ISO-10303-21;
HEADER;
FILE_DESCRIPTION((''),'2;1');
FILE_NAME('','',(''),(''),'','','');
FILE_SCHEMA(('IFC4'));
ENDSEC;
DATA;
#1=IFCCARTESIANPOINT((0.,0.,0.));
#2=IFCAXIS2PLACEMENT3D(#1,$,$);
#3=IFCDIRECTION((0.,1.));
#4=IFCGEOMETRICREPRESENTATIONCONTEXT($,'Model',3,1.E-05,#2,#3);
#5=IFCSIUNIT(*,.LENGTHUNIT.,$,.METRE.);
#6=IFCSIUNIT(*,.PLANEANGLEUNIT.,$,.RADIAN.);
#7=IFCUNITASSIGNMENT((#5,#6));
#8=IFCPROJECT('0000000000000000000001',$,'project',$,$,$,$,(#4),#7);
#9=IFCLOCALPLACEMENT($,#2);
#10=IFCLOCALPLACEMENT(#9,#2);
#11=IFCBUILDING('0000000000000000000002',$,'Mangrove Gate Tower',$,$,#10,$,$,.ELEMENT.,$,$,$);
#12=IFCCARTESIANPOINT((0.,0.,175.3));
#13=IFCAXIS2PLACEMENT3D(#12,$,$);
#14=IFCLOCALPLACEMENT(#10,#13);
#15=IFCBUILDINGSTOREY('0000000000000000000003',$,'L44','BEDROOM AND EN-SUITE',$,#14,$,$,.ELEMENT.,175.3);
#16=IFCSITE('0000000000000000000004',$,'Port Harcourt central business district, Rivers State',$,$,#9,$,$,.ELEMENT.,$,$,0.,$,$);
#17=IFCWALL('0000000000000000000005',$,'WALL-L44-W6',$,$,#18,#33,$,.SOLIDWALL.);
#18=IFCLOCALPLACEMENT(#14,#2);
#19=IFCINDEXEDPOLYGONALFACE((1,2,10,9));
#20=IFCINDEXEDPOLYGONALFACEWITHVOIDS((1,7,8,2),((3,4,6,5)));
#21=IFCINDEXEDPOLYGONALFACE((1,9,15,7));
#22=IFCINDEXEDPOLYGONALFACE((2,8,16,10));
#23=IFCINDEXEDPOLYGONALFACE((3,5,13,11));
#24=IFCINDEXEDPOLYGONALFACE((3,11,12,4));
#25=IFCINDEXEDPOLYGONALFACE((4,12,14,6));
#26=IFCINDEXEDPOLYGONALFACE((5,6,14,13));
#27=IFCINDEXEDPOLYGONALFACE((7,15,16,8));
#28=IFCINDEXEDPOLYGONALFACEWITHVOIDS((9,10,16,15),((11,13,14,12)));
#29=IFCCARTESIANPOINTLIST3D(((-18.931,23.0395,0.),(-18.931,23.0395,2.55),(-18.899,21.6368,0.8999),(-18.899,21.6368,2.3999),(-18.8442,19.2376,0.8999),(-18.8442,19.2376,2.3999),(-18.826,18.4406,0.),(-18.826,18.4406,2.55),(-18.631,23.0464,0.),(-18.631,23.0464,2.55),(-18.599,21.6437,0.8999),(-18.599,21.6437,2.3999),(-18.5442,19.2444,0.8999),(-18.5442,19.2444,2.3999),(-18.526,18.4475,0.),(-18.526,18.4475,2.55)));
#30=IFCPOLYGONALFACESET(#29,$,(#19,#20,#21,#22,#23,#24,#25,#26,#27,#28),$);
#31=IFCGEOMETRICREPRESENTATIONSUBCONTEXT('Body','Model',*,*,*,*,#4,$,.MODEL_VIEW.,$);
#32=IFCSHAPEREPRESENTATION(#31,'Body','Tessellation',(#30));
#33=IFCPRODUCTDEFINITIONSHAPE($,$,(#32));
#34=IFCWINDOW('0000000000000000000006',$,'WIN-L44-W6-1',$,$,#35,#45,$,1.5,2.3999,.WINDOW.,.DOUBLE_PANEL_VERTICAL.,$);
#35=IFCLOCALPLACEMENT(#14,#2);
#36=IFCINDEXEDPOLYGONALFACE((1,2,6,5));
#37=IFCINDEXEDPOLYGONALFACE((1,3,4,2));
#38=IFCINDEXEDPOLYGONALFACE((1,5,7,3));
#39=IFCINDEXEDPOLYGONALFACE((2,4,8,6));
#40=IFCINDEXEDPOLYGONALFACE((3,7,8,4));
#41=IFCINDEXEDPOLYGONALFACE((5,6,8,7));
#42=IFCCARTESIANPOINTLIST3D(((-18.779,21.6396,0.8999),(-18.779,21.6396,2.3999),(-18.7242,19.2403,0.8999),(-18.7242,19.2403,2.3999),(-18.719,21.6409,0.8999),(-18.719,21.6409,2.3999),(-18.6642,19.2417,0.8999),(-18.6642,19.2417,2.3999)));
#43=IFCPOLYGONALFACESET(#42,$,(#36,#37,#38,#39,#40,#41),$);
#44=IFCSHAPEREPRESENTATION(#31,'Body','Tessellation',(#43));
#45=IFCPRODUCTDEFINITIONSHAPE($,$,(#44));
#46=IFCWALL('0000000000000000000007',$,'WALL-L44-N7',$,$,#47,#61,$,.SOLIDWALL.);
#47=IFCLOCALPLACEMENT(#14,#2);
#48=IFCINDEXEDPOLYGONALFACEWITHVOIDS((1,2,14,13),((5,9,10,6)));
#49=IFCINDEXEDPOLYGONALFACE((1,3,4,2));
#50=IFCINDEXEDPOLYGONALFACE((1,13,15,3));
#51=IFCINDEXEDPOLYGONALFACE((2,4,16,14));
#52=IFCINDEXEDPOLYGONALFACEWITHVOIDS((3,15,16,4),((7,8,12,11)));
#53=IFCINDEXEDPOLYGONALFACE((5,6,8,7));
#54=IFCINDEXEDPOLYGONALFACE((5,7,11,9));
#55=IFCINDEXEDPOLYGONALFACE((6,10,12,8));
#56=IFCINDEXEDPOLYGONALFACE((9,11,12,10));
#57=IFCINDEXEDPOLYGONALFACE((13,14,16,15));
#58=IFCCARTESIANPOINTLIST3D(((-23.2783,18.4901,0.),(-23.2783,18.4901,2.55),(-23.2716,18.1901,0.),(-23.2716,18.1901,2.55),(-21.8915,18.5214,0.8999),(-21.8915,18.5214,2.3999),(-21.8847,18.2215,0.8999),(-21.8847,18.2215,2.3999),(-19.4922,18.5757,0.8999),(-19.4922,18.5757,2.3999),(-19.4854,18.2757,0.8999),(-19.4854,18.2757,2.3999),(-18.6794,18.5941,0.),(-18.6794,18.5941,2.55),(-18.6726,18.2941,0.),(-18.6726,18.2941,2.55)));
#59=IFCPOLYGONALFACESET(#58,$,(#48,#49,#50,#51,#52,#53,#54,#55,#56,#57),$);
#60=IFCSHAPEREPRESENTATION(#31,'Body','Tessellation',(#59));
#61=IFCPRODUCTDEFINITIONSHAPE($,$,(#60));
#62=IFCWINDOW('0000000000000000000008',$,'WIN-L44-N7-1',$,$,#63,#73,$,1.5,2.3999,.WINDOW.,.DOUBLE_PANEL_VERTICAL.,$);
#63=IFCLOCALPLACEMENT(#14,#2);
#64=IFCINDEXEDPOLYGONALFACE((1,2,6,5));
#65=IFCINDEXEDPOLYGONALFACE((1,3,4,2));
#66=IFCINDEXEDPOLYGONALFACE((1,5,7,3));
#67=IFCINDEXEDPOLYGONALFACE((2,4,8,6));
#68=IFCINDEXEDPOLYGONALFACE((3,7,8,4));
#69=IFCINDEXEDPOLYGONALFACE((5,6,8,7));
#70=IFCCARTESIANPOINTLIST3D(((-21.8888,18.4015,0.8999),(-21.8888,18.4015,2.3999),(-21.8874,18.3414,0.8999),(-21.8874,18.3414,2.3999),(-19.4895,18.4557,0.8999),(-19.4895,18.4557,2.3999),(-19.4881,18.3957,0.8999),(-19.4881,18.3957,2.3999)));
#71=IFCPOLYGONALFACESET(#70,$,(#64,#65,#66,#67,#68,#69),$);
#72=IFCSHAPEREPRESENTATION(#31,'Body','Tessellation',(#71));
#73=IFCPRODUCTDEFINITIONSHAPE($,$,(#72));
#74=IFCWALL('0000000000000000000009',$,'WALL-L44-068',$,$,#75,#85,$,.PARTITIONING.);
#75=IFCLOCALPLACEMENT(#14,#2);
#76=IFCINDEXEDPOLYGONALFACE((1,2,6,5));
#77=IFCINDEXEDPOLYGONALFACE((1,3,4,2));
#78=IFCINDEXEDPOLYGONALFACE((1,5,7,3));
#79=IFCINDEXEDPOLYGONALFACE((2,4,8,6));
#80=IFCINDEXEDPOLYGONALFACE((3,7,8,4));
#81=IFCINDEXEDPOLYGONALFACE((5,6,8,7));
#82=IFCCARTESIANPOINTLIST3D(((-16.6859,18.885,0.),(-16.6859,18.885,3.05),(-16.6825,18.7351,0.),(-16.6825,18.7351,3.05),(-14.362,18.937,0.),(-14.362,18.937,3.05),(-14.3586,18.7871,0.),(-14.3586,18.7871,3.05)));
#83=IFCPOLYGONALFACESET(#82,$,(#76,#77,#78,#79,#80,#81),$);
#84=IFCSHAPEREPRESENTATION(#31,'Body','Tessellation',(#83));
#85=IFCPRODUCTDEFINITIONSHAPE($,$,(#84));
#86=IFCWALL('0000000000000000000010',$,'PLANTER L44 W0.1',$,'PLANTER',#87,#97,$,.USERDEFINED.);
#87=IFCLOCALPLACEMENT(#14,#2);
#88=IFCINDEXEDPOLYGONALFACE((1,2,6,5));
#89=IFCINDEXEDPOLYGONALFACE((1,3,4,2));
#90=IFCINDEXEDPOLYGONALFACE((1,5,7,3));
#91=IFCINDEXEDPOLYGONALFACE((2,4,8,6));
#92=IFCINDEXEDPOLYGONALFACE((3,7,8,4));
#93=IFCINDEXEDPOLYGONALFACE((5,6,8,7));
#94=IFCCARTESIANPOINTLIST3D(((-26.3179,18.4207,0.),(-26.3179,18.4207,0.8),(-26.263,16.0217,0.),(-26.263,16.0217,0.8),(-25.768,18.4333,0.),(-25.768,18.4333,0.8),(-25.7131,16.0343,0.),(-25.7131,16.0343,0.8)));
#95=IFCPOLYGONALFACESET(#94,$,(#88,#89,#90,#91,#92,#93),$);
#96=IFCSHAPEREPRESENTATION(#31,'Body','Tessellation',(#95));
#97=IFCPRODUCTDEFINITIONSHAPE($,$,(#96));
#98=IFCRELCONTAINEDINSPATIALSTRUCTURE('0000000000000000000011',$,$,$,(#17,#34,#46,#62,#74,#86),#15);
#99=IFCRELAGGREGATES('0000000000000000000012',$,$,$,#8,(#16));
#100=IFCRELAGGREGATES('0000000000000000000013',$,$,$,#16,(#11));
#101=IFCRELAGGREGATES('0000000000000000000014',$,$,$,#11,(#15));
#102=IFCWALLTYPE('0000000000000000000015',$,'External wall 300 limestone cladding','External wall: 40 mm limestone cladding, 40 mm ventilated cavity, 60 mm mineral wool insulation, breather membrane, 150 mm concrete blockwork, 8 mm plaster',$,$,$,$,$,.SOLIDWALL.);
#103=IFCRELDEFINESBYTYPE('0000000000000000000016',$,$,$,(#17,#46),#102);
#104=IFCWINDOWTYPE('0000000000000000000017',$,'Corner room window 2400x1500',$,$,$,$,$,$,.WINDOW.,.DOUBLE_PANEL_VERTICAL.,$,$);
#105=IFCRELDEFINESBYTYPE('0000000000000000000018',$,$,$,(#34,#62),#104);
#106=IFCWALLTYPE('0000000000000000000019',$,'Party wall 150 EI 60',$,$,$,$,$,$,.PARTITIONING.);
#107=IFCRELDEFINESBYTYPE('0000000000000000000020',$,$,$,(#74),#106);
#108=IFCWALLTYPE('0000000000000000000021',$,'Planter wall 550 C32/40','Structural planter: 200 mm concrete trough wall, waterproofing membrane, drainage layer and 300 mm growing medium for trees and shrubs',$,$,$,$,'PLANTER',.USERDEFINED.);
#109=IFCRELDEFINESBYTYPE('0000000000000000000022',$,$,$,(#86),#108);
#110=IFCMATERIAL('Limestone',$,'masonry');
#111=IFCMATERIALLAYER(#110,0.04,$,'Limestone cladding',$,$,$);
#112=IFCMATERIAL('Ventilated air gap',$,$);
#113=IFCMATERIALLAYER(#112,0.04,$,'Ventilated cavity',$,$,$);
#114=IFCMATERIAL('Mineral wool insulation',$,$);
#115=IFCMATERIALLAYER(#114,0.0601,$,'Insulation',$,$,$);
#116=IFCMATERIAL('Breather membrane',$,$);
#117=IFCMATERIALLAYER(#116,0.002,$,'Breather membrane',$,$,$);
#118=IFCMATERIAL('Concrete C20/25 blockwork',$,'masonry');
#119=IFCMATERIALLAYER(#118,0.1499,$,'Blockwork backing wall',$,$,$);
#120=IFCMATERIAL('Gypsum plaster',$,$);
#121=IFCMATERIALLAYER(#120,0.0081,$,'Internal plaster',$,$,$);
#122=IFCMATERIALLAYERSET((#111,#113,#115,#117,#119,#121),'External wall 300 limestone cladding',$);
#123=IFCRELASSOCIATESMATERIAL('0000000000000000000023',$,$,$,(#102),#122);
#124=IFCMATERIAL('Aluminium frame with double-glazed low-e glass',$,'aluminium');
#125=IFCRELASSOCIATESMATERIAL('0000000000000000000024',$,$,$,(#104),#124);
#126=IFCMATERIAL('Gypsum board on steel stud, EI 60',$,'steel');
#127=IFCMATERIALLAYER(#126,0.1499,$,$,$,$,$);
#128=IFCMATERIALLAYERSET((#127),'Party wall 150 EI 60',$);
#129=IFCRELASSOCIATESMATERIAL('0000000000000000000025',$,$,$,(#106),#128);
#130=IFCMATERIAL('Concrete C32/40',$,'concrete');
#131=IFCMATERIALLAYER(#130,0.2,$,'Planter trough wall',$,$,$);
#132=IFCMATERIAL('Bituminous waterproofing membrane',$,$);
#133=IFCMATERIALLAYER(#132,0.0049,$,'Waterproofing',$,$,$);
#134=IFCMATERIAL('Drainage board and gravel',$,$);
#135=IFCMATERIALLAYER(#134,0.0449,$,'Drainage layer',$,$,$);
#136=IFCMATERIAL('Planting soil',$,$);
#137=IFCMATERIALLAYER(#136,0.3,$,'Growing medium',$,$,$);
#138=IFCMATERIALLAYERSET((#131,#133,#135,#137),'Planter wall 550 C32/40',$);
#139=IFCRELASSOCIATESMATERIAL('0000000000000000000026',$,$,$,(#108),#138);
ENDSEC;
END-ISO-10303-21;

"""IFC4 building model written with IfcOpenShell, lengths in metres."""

from ifc_helpers import new_model, si_unit, direction, frame, frame_2d, origin, place, context, subcontext, project, spatial, rectangle, extrude, material, layer, layer_set, type_object, element, fill, save


model = new_model("IFC4")

# Units and contexts
model_context = context("Model", 3, precision=1e-05, world=origin(), true_north=direction((0.0, 1.0)))
body_context = subcontext(model_context, "Body", "Model", "MODEL_VIEW")
ifc_project = project(units=[si_unit("LENGTHUNIT", "METRE"), si_unit("PLANEANGLEUNIT", "RADIAN")], contexts=[model_context])

# Site, building, storey
site_placement = place(None, origin())
site = spatial("IfcSite", under=ifc_project, at=site_placement, Name="Port Harcourt central business district, Rivers State", CompositionType="ELEMENT", RefElevation=0.0)
building_placement = place(site_placement, origin())
building = spatial("IfcBuilding", under=site, at=building_placement, Name="Mangrove Gate Tower", CompositionType="ELEMENT")
storey_placement = place(building_placement, frame((0.0, 0.0, 175.3)))
storey = spatial("IfcBuildingStorey", under=building, at=storey_placement, Name="L44", Description="BEDROOM AND EN-SUITE", CompositionType="ELEMENT", Elevation=175.3)

# Walls, openings, windows
ifc_material_1 = material(Name="Limestone", Category="masonry")
ifc_layer_1 = layer(ifc_material_1, 0.04, Name="Limestone cladding")
ifc_material_2 = material(Name="Ventilated air gap")
ifc_layer_2 = layer(ifc_material_2, 0.04, Name="Ventilated cavity")
ifc_material_3 = material(Name="Mineral wool insulation")
ifc_layer_3 = layer(ifc_material_3, 0.0601, Name="Insulation")
ifc_material_4 = material(Name="Breather membrane")
ifc_layer_4 = layer(ifc_material_4, 0.002, Name="Breather membrane")
ifc_material_5 = material(Name="Concrete C20/25 blockwork", Category="masonry")
ifc_layer_5 = layer(ifc_material_5, 0.1499, Name="Blockwork backing wall")
ifc_material_6 = material(Name="Gypsum plaster")
ifc_layer_6 = layer(ifc_material_6, 0.0081, Name="Internal plaster")
ifc_layer_set_1 = layer_set([ifc_layer_1, ifc_layer_2, ifc_layer_3, ifc_layer_4, ifc_layer_5, ifc_layer_6], Name="External wall 300 limestone cladding")
wall_type_1 = type_object("IfcWallType", Name="External wall 300 limestone cladding", Description="External wall: 40 mm limestone cladding, 40 mm ventilated cavity, 60 mm mineral wool insulation, breather membrane, 150 mm concrete blockwork, 8 mm plaster", PredefinedType="SOLIDWALL", material=ifc_layer_set_1)
wall_1_placement = place(storey_placement, frame((-18.781, 23.043, 0.0), z_axis=(0.0, 0.0, 1.0), x_axis=(0.022821, -0.99974, 0.0)))
wall_1 = element("IfcWall", 1, at=wall_1_placement, inside=storey, type_object=wall_type_1, Name="WALL-L44-W6", PredefinedType="SOLIDWALL", context=body_context, shape_type="SweptSolid", body=[
    extrude(rectangle(XDim=4.6001, YDim=0.3, at=frame_2d((2.3, 0.0))), origin(), (0.0, 0.0, 1.0), 2.55),
])
opening_1_placement = place(wall_1_placement, frame((1.4031, 0.0, 0.8999)))
opening_1 = element("IfcOpeningElement", 2, at=opening_1_placement, cuts=wall_1, PredefinedType="OPENING", context=body_context, shape_type="SweptSolid", body=[
    extrude(rectangle(XDim=2.3999, YDim=1.5, at=frame_2d((1.2, 0.75))), frame((0.0, 0.1599, 0.0), z_axis=(0.0, -1.0, 0.0), x_axis=(1.0, 0.0, 0.0)), (0.0, 0.0, 1.0), 0.3201),
])
ifc_material_7 = material(Name="Aluminium frame with double-glazed low-e glass", Category="aluminium")
window_type = type_object("IfcWindowType", Name="Corner room window 2400x1500", PartitioningType="DOUBLE_PANEL_VERTICAL", PredefinedType="WINDOW", material=ifc_material_7)
window_1_placement = place(opening_1_placement, origin())
window_1 = element("IfcWindow", 3, at=window_1_placement, inside=storey, type_object=window_type, Name="WIN-L44-W6-1", OverallHeight=1.5, OverallWidth=2.3999, PartitioningType="DOUBLE_PANEL_VERTICAL", PredefinedType="WINDOW", context=body_context, shape_type="SweptSolid", body=[
    extrude(rectangle(XDim=2.3999, YDim=1.5, at=frame_2d((1.2, 0.75))), frame((0.0, 0.03, 0.0), z_axis=(0.0, -1.0, 0.0), x_axis=(1.0, 0.0, 0.0)), (0.0, 0.0, 1.0), 0.0601),
])
fill(opening_1, window_1)
wall_2_placement = place(storey_placement, frame((-18.676, 18.4441, 0.0), z_axis=(0.0, 0.0, 1.0), x_axis=(-0.999744, -0.022609, 0.0)))
wall_2 = element("IfcWall", 4, at=wall_2_placement, inside=storey, type_object=wall_type_1, Name="WALL-L44-N7", PredefinedType="SOLIDWALL", context=body_context, shape_type="SweptSolid", body=[
    extrude(rectangle(XDim=4.6001, YDim=0.3, at=frame_2d((2.3, 0.0))), origin(), (0.0, 0.0, 1.0), 2.55),
])
opening_2_placement = place(wall_2_placement, frame((0.813, 0.0, 0.8999)))
opening_2 = element("IfcOpeningElement", 5, at=opening_2_placement, cuts=wall_2, PredefinedType="OPENING", context=body_context, shape_type="SweptSolid", body=[
    extrude(rectangle(XDim=2.3999, YDim=1.5, at=frame_2d((1.2, 0.75))), frame((0.0, 0.1599, 0.0), z_axis=(0.0, -1.0, 0.0), x_axis=(1.0, 0.0, 0.0)), (0.0, 0.0, 1.0), 0.3201),
])
window_2_placement = place(opening_2_placement, origin())
window_2 = element("IfcWindow", 6, at=window_2_placement, inside=storey, type_object=window_type, Name="WIN-L44-N7-1", OverallHeight=1.5, OverallWidth=2.3999, PartitioningType="DOUBLE_PANEL_VERTICAL", PredefinedType="WINDOW", context=body_context, shape_type="SweptSolid", body=[
    extrude(rectangle(XDim=2.3999, YDim=1.5, at=frame_2d((1.2, 0.75))), frame((0.0, 0.03, 0.0), z_axis=(0.0, -1.0, 0.0), x_axis=(1.0, 0.0, 0.0)), (0.0, 0.0, 1.0), 0.0601),
])
fill(opening_2, window_2)

# Walls
ifc_material_8 = material(Name="Gypsum board on steel stud, EI 60", Category="steel")
ifc_layer_7 = layer(ifc_material_8, 0.1499)
ifc_layer_set_2 = layer_set([ifc_layer_7], Name="Party wall 150 EI 60")
wall_type_2 = type_object("IfcWallType", Name="Party wall 150 EI 60", PredefinedType="PARTITIONING", material=ifc_layer_set_2)
wall_3_placement = place(storey_placement, frame((-16.6841, 18.8101, 0.0), z_axis=(0.0, 0.0, 1.0), x_axis=(0.99975, 0.022371, 0.0)))
element("IfcWall", 7, at=wall_3_placement, inside=storey, type_object=wall_type_2, Name="WALL-L44-068", PredefinedType="PARTITIONING", context=body_context, shape_type="SweptSolid", body=[
    extrude(rectangle(XDim=2.3245, YDim=0.1499, at=frame_2d((1.1621, 0.0))), origin(), (0.0, 0.0, 1.0), 3.05),
])
ifc_material_9 = material(Name="Concrete C32/40", Category="concrete")
ifc_layer_8 = layer(ifc_material_9, 0.2, Name="Planter trough wall")
ifc_material_10 = material(Name="Bituminous waterproofing membrane")
ifc_layer_9 = layer(ifc_material_10, 0.0049, Name="Waterproofing")
ifc_material_11 = material(Name="Drainage board and gravel")
ifc_layer_10 = layer(ifc_material_11, 0.0449, Name="Drainage layer")
ifc_material_12 = material(Name="Planting soil")
ifc_layer_11 = layer(ifc_material_12, 0.3, Name="Growing medium")
ifc_layer_set_3 = layer_set([ifc_layer_8, ifc_layer_9, ifc_layer_10, ifc_layer_11], Name="Planter wall 550 C32/40")
wall_type_3 = type_object("IfcWallType", Name="Planter wall 550 C32/40", Description="Structural planter: 200 mm concrete trough wall, waterproofing membrane, drainage layer and 300 mm growing medium for trees and shrubs", ElementType="PLANTER", PredefinedType="USERDEFINED", material=ifc_layer_set_3)
wall_4_placement = place(storey_placement, frame((-25.988, 16.0281, 0.0), z_axis=(0.0, 0.0, 1.0), x_axis=(-0.022892, 0.999738, 0.0)))
element("IfcWall", 8, at=wall_4_placement, inside=storey, type_object=wall_type_3, Name="PLANTER L44 W0.1", ObjectType="PLANTER", PredefinedType="USERDEFINED", context=body_context, shape_type="SweptSolid", body=[
    extrude(rectangle(XDim=2.3997, YDim=0.55, at=frame_2d((1.1997, 0.0))), origin(), (0.0, 0.0, 1.0), 0.8),
])

save(model, "model.ifc")
